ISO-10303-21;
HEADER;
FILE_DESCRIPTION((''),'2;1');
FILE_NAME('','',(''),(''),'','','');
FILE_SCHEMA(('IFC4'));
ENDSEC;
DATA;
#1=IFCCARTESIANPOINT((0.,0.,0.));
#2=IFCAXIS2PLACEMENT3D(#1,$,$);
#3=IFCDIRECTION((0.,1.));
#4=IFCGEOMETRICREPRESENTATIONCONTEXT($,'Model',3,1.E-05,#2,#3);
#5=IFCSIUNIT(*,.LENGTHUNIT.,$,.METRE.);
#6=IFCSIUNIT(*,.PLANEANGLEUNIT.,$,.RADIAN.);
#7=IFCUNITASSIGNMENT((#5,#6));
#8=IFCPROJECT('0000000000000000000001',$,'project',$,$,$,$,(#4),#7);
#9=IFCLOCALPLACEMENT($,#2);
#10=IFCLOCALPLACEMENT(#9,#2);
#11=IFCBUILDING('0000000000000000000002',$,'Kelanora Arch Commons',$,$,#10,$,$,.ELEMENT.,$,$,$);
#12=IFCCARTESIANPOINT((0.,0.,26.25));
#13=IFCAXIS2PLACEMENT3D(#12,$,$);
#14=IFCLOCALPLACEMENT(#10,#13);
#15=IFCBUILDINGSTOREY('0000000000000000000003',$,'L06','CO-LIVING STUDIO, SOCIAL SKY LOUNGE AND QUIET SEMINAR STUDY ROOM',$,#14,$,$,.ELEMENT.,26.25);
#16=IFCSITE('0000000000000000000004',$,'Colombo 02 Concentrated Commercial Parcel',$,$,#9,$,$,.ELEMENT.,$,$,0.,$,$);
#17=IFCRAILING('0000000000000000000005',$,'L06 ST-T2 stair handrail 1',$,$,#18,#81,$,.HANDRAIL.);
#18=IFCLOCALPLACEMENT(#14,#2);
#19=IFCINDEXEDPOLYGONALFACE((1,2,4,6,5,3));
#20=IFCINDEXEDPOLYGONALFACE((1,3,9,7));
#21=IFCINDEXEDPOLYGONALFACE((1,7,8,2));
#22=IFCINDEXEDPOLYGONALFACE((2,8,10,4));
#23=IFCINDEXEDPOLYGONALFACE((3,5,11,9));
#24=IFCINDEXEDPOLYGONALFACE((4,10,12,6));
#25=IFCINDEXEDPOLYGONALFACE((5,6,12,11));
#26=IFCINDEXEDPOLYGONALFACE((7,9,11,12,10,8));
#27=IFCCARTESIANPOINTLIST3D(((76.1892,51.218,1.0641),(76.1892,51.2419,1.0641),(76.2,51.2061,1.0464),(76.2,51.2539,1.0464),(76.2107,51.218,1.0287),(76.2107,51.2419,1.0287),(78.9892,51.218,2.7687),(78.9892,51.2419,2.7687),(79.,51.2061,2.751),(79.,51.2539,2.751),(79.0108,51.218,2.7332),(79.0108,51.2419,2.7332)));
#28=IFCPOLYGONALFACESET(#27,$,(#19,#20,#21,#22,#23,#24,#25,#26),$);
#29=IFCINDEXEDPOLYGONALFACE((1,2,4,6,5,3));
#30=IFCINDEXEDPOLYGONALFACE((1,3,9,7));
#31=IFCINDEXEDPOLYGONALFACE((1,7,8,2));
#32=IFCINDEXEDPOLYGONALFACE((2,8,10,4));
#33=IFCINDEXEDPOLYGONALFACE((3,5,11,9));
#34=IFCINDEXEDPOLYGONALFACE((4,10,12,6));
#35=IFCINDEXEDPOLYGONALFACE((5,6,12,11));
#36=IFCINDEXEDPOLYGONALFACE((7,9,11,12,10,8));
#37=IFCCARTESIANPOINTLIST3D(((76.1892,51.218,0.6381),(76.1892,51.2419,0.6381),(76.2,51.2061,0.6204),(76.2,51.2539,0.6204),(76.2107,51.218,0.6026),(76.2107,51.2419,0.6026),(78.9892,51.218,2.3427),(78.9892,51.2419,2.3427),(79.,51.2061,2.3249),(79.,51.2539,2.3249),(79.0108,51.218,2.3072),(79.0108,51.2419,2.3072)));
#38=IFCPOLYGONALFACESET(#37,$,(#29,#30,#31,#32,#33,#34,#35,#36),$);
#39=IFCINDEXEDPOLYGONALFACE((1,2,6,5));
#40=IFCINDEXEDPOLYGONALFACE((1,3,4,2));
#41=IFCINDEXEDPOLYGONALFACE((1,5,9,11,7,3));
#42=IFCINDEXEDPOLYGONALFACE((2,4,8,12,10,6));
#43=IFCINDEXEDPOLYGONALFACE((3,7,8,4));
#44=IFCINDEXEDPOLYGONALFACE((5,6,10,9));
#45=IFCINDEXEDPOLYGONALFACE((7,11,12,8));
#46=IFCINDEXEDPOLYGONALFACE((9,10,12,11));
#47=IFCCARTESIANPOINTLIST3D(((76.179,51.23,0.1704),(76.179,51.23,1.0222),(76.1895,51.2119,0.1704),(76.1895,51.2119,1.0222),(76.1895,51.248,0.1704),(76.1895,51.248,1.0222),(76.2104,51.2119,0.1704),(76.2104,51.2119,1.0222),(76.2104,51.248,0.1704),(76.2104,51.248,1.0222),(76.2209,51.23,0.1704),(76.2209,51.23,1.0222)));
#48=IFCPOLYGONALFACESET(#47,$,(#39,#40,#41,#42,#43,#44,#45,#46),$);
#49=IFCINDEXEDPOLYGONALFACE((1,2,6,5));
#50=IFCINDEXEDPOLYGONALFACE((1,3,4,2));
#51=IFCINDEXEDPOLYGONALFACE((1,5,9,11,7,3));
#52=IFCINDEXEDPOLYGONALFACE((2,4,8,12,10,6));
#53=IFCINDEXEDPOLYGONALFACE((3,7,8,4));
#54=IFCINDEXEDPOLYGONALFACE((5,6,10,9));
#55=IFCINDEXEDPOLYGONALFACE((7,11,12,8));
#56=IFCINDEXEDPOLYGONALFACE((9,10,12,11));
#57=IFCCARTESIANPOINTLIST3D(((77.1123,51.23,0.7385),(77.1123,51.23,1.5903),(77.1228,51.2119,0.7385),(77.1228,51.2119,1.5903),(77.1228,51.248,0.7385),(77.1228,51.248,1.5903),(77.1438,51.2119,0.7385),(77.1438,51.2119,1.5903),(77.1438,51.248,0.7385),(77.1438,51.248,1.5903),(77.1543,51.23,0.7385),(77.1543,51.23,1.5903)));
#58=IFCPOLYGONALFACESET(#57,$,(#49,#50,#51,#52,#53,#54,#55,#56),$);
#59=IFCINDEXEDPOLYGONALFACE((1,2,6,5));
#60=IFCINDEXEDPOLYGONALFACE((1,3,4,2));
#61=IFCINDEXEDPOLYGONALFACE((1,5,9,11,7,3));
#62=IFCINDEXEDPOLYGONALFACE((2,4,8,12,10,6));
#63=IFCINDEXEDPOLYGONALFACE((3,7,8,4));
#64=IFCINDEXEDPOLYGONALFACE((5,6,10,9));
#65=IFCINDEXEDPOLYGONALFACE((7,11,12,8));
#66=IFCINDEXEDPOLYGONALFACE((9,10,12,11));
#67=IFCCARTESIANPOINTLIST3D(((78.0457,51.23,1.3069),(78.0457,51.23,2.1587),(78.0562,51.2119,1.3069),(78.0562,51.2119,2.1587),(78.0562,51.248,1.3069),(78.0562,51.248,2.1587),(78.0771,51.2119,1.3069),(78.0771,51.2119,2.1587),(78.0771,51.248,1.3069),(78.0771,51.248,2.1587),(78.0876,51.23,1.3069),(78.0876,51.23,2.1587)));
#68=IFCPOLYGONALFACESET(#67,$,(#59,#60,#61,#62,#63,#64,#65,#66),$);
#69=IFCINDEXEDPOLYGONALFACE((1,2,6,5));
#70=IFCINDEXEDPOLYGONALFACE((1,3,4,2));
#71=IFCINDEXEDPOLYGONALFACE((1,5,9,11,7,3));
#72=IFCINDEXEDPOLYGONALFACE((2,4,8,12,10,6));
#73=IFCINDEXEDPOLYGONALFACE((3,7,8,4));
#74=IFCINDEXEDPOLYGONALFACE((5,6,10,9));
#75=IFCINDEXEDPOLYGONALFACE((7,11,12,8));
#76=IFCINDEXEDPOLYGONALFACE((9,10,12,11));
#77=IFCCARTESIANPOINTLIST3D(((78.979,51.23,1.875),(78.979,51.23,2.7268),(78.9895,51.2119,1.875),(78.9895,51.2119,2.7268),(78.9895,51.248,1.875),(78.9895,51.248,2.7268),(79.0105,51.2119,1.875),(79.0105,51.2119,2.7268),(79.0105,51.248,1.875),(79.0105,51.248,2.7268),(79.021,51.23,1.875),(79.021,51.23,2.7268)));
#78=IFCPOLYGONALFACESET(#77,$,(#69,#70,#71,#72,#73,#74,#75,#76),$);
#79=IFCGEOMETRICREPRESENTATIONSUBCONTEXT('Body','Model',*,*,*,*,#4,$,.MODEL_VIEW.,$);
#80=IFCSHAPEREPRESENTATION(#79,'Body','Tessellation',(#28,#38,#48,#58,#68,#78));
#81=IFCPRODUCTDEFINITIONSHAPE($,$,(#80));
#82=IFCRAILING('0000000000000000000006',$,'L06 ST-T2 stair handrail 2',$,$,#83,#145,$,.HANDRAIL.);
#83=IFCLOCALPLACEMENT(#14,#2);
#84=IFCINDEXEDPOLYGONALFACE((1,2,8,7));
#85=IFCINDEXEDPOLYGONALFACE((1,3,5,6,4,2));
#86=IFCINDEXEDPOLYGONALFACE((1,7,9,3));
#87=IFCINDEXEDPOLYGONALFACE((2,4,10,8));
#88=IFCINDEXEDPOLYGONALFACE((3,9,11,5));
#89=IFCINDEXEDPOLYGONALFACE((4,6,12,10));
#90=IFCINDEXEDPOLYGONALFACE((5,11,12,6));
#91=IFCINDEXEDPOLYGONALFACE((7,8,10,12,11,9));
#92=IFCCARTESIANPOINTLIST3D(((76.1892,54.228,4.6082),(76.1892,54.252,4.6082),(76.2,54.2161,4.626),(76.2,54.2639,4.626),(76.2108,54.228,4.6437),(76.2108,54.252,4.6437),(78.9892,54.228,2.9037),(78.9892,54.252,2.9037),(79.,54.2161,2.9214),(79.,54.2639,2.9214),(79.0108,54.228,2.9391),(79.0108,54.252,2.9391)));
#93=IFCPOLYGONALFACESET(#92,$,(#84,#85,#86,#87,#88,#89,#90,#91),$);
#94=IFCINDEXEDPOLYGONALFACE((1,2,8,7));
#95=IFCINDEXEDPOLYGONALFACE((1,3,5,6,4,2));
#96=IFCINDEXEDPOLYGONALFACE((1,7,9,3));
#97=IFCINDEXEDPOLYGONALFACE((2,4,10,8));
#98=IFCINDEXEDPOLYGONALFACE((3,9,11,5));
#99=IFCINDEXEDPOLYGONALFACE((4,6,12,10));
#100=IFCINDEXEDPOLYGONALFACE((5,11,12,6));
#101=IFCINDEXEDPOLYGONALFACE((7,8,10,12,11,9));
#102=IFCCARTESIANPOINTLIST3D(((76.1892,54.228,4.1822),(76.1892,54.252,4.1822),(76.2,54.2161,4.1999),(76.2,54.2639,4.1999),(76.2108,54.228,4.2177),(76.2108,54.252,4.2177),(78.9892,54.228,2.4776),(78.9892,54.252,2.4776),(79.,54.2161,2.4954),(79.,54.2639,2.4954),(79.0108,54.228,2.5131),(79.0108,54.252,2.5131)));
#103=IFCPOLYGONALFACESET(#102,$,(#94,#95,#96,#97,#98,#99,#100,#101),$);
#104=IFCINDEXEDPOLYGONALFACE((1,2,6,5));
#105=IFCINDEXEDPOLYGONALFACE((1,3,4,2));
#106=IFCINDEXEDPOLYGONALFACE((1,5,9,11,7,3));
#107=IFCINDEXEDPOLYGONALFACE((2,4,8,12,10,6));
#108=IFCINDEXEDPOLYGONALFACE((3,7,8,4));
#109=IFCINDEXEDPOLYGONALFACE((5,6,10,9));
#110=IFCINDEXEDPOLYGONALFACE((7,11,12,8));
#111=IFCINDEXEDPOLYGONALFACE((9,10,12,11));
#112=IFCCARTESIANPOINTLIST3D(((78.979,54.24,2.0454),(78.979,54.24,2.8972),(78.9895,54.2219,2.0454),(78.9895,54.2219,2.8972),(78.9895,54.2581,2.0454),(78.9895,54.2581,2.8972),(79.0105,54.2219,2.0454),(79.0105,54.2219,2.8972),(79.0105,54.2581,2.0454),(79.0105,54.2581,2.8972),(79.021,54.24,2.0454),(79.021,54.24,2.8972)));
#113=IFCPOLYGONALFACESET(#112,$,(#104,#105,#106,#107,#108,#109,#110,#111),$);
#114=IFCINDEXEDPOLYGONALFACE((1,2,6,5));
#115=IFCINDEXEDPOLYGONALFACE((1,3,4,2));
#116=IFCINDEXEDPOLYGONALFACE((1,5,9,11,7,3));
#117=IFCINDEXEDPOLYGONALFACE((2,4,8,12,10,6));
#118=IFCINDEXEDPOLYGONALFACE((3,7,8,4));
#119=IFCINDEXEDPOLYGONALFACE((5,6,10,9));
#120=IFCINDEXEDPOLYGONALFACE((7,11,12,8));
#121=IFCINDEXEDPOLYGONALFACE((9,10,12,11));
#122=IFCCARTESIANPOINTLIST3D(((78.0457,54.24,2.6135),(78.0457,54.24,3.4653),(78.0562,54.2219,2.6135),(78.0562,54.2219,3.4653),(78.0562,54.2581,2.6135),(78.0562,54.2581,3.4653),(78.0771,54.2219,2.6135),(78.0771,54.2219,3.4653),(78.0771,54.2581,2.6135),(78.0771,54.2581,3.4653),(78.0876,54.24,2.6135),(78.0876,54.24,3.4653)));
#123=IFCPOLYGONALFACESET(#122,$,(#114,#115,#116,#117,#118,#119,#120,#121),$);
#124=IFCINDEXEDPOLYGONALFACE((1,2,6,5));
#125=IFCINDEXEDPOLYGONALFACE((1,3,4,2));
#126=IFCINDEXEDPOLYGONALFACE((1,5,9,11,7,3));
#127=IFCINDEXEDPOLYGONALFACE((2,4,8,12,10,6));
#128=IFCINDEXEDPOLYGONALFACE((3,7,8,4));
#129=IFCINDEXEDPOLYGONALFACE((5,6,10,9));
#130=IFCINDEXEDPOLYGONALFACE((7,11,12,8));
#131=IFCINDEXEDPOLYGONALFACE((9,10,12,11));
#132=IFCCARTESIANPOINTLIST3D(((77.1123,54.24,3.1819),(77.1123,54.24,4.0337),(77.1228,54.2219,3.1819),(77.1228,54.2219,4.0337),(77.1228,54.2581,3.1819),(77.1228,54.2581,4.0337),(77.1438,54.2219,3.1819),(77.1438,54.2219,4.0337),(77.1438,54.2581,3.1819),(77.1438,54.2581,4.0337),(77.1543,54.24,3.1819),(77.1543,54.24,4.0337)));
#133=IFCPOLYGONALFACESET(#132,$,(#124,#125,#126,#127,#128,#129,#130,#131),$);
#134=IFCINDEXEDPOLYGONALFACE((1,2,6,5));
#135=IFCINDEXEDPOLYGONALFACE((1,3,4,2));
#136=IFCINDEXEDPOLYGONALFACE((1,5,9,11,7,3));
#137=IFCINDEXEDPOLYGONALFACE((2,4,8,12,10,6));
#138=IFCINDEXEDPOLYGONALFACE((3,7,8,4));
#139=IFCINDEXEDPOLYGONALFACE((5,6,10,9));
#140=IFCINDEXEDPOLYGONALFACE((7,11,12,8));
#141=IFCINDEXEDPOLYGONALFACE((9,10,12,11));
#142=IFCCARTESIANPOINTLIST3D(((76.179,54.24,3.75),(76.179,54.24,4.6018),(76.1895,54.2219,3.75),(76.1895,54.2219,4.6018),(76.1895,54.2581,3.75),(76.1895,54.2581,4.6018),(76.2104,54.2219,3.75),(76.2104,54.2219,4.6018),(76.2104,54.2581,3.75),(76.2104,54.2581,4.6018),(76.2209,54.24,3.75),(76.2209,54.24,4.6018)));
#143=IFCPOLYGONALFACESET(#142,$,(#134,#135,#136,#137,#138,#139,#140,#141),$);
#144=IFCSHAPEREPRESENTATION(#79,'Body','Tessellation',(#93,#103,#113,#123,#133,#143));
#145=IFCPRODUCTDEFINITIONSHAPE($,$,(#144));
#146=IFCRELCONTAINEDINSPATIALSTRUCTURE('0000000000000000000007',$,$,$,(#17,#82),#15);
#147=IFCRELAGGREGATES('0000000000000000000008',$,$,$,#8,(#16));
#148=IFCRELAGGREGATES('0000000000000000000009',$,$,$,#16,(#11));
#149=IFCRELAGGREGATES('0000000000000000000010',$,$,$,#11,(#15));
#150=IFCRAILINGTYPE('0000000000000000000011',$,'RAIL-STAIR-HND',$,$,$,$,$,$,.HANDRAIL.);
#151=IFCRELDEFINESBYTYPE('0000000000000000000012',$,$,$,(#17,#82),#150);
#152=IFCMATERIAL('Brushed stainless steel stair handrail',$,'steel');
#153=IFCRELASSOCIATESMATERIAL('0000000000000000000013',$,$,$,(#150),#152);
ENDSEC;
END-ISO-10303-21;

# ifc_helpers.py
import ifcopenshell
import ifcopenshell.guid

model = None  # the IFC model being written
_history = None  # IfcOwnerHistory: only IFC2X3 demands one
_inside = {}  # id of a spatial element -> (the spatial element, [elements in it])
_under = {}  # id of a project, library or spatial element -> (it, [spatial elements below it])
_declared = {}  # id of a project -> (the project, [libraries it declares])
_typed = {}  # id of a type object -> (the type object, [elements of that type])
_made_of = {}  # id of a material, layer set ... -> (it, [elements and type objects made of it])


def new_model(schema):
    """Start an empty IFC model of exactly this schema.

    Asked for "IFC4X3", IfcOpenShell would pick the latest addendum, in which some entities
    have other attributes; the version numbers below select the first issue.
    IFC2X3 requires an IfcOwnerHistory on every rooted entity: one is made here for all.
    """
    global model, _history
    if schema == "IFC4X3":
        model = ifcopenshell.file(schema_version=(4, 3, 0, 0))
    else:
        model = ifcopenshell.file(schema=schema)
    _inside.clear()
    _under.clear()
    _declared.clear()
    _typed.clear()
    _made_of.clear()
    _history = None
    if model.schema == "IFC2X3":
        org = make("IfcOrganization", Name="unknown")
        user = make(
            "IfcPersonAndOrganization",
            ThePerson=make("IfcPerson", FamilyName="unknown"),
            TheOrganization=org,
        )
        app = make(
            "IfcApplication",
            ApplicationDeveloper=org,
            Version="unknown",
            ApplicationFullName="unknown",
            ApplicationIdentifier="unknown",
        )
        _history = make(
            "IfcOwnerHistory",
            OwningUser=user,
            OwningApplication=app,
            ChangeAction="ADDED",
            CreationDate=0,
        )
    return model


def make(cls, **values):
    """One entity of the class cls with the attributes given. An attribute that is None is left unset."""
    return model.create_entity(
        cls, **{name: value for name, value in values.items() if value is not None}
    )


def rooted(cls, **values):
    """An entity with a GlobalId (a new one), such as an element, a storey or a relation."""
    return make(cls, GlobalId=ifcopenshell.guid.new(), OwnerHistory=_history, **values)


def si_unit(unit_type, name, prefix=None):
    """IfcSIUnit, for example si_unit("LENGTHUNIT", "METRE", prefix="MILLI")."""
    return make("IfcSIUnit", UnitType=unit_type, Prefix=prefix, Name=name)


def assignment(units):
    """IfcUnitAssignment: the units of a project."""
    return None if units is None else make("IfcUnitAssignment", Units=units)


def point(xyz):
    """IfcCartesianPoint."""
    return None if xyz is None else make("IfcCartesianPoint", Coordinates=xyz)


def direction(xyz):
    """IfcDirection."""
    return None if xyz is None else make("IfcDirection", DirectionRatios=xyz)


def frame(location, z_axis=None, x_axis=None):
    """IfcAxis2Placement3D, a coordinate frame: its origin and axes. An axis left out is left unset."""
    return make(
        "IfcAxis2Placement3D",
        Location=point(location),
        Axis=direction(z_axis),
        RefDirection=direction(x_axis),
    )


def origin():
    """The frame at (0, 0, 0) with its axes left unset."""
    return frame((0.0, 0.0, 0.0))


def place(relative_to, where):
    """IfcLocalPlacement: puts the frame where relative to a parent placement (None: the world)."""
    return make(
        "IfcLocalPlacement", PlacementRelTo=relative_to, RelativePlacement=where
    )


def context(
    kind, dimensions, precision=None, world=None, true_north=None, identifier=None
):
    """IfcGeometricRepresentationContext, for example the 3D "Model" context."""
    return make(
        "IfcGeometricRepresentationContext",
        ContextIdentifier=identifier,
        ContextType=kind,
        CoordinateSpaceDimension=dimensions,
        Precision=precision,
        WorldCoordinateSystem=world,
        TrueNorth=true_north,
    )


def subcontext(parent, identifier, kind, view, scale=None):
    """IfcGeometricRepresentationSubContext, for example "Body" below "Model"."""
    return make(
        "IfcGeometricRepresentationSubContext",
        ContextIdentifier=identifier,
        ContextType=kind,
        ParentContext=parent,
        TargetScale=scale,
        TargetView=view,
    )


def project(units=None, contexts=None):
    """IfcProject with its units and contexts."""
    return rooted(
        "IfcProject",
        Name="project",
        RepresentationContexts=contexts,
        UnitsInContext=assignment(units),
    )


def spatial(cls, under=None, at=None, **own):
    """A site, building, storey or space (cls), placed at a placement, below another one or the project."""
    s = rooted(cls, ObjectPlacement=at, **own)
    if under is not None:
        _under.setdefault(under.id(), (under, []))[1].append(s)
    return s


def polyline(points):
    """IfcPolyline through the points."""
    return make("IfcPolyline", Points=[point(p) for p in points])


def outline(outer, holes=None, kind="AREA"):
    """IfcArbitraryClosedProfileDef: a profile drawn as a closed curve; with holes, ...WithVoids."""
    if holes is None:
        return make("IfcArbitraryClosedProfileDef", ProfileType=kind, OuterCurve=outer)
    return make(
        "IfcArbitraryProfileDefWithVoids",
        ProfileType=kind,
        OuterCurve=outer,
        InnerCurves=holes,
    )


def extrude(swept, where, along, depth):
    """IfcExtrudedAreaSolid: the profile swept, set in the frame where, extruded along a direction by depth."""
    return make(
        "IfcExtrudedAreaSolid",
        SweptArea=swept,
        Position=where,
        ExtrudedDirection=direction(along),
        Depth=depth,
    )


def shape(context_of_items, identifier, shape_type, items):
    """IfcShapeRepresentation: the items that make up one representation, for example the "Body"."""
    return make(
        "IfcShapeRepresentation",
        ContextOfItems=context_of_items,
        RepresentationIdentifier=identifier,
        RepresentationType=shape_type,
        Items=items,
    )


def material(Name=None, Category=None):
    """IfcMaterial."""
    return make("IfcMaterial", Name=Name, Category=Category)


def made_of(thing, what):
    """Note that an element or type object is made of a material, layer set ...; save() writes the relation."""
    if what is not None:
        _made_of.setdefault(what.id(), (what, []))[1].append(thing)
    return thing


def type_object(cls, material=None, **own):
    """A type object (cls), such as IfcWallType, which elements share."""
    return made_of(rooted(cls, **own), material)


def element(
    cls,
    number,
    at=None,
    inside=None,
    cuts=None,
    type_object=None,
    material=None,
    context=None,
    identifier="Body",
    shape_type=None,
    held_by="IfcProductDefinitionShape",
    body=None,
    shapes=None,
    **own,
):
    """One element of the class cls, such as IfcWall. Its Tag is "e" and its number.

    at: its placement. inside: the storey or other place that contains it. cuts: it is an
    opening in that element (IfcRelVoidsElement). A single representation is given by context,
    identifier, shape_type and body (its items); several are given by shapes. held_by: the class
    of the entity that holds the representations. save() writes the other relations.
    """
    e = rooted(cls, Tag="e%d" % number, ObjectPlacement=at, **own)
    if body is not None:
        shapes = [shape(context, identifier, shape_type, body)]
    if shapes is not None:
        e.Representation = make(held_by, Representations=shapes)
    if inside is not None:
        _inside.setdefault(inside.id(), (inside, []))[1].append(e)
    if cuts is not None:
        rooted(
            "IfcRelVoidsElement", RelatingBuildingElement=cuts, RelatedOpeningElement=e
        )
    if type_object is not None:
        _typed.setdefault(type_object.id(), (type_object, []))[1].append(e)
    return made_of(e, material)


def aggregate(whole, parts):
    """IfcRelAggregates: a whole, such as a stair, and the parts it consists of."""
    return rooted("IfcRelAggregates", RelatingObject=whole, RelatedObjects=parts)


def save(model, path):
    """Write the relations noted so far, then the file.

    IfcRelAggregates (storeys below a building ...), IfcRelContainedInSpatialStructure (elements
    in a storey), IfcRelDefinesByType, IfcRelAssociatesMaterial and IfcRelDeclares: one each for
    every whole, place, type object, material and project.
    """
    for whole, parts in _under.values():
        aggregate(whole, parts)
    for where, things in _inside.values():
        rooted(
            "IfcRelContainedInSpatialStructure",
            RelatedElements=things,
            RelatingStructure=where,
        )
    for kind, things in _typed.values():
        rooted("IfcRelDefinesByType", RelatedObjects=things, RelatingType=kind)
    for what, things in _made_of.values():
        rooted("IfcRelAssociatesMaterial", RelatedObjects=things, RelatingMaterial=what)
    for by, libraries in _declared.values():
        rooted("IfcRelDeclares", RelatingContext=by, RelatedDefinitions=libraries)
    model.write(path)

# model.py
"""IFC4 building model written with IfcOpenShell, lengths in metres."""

from ifc_helpers import new_model, si_unit, direction, frame, origin, place, context, subcontext, project, spatial, polyline, outline, extrude, material, type_object, element, save


model = new_model("IFC4")

# Units and contexts
model_context = context("Model", 3, precision=1e-05, world=origin(), true_north=direction((0.0, 1.0)))
body_context = subcontext(model_context, "Body", "Model", "MODEL_VIEW")
ifc_project = project(units=[si_unit("LENGTHUNIT", "METRE"), si_unit("PLANEANGLEUNIT", "RADIAN")], contexts=[model_context])

# Site, building, storey
site_placement = place(None, origin())
site = spatial("IfcSite", under=ifc_project, at=site_placement, Name="Colombo 02 Concentrated Commercial Parcel", CompositionType="ELEMENT", RefElevation=0.0)
building_placement = place(site_placement, origin())
building = spatial("IfcBuilding", under=site, at=building_placement, Name="Kelanora Arch Commons", CompositionType="ELEMENT")
storey_placement = place(building_placement, frame((0.0, 0.0, 26.25)))
storey = spatial("IfcBuildingStorey", under=building, at=storey_placement, Name="L06", Description="CO-LIVING STUDIO, SOCIAL SKY LOUNGE AND QUIET SEMINAR STUDY ROOM", CompositionType="ELEMENT", Elevation=26.25)

# Railings
ifc_material_1 = material(Name="Brushed stainless steel stair handrail", Category="steel")
railing_type_1 = type_object("IfcRailingType", Name="RAIL-STAIR-HND", PredefinedType="HANDRAIL", material=ifc_material_1)
railing_1_placement = place(storey_placement, frame((76.2, 51.23, 0.1704)))
element("IfcRailing", 1, at=railing_1_placement, inside=storey, type_object=railing_type_1, Name="L06 ST-T2 stair handrail 1", PredefinedType="HANDRAIL", context=body_context, shape_type="SweptSolid", body=[
    extrude(outline(polyline([(0.0239, 0.0), (0.012, 0.0208), (-0.012, 0.0208), (-0.0239, 0.0), (-0.012, -0.0208), (0.012, -0.0208), (0.0239, 0.0)])), frame((0.0, 0.0, 0.876), z_axis=(0.85417, 0.0, 0.519994), x_axis=(0.0, 1.0, 0.0)), (0.0, 0.0, 1.0), 3.2781),
    extrude(outline(polyline([(0.0239, 0.0), (0.012, 0.0208), (-0.012, 0.0208), (-0.0239, 0.0), (-0.012, -0.0208), (0.012, -0.0208), (0.0239, 0.0)])), frame((0.0, 0.0, 0.45), z_axis=(0.85417, 0.0, 0.519994), x_axis=(0.0, 1.0, 0.0)), (0.0, 0.0, 1.0), 3.2781),
    extrude(outline(polyline([(0.021, 0.0), (0.0105, 0.0181), (-0.0105, 0.0181), (-0.021, 0.0), (-0.0105, -0.0181), (0.0105, -0.0181), (0.021, 0.0)])), origin(), (0.0, 0.0, 1.0), 0.8518),
    extrude(outline(polyline([(0.021, 0.0), (0.0105, 0.0181), (-0.0105, 0.0181), (-0.021, 0.0), (-0.0105, -0.0181), (0.0105, -0.0181), (0.021, 0.0)])), frame((0.9333, 0.0, 0.5681)), (0.0, 0.0, 1.0), 0.8518),
    extrude(outline(polyline([(0.021, 0.0), (0.0105, 0.0181), (-0.0105, 0.0181), (-0.021, 0.0), (-0.0105, -0.0181), (0.0105, -0.0181), (0.021, 0.0)])), frame((1.8667, 0.0, 1.1365)), (0.0, 0.0, 1.0), 0.8518),
    extrude(outline(polyline([(0.021, 0.0), (0.0105, 0.0181), (-0.0105, 0.0181), (-0.021, 0.0), (-0.0105, -0.0181), (0.0105, -0.0181), (0.021, 0.0)])), frame((2.8, 0.0, 1.7046)), (0.0, 0.0, 1.0), 0.8518),
])
railing_2_placement = place(storey_placement, frame((79.0, 54.24, 2.0454)))
element("IfcRailing", 2, at=railing_2_placement, inside=storey, type_object=railing_type_1, Name="L06 ST-T2 stair handrail 2", PredefinedType="HANDRAIL", context=body_context, shape_type="SweptSolid", body=[
    extrude(outline(polyline([(0.0239, 0.0), (0.012, 0.0208), (-0.012, 0.0208), (-0.0239, 0.0), (-0.012, -0.0208), (0.012, -0.0208), (0.0239, 0.0)])), frame((0.0, 0.0, 0.876), z_axis=(-0.85417, 0.0, 0.519994), x_axis=(0.0, -1.0, 0.0)), (0.0, 0.0, 1.0), 3.2781),
    extrude(outline(polyline([(0.0239, 0.0), (0.012, 0.0208), (-0.012, 0.0208), (-0.0239, 0.0), (-0.012, -0.0208), (0.012, -0.0208), (0.0239, 0.0)])), frame((0.0, 0.0, 0.45), z_axis=(-0.85417, 0.0, 0.519994), x_axis=(0.0, -1.0, 0.0)), (0.0, 0.0, 1.0), 3.2781),
    extrude(outline(polyline([(0.021, 0.0), (0.0105, 0.0181), (-0.0105, 0.0181), (-0.021, 0.0), (-0.0105, -0.0181), (0.0105, -0.0181), (0.021, 0.0)])), origin(), (0.0, 0.0, 1.0), 0.8518),
    extrude(outline(polyline([(0.021, 0.0), (0.0105, 0.0181), (-0.0105, 0.0181), (-0.021, 0.0), (-0.0105, -0.0181), (0.0105, -0.0181), (0.021, 0.0)])), frame((-0.9333, 0.0, 0.5681)), (0.0, 0.0, 1.0), 0.8518),
    extrude(outline(polyline([(0.021, 0.0), (0.0105, 0.0181), (-0.0105, 0.0181), (-0.021, 0.0), (-0.0105, -0.0181), (0.0105, -0.0181), (0.021, 0.0)])), frame((-1.8667, 0.0, 1.1365)), (0.0, 0.0, 1.0), 0.8518),
    extrude(outline(polyline([(0.021, 0.0), (0.0105, 0.0181), (-0.0105, 0.0181), (-0.021, 0.0), (-0.0105, -0.0181), (0.0105, -0.0181), (0.021, 0.0)])), frame((-2.8, 0.0, 1.7046)), (0.0, 0.0, 1.0), 0.8518),
])

save(model, "model.ifc")
